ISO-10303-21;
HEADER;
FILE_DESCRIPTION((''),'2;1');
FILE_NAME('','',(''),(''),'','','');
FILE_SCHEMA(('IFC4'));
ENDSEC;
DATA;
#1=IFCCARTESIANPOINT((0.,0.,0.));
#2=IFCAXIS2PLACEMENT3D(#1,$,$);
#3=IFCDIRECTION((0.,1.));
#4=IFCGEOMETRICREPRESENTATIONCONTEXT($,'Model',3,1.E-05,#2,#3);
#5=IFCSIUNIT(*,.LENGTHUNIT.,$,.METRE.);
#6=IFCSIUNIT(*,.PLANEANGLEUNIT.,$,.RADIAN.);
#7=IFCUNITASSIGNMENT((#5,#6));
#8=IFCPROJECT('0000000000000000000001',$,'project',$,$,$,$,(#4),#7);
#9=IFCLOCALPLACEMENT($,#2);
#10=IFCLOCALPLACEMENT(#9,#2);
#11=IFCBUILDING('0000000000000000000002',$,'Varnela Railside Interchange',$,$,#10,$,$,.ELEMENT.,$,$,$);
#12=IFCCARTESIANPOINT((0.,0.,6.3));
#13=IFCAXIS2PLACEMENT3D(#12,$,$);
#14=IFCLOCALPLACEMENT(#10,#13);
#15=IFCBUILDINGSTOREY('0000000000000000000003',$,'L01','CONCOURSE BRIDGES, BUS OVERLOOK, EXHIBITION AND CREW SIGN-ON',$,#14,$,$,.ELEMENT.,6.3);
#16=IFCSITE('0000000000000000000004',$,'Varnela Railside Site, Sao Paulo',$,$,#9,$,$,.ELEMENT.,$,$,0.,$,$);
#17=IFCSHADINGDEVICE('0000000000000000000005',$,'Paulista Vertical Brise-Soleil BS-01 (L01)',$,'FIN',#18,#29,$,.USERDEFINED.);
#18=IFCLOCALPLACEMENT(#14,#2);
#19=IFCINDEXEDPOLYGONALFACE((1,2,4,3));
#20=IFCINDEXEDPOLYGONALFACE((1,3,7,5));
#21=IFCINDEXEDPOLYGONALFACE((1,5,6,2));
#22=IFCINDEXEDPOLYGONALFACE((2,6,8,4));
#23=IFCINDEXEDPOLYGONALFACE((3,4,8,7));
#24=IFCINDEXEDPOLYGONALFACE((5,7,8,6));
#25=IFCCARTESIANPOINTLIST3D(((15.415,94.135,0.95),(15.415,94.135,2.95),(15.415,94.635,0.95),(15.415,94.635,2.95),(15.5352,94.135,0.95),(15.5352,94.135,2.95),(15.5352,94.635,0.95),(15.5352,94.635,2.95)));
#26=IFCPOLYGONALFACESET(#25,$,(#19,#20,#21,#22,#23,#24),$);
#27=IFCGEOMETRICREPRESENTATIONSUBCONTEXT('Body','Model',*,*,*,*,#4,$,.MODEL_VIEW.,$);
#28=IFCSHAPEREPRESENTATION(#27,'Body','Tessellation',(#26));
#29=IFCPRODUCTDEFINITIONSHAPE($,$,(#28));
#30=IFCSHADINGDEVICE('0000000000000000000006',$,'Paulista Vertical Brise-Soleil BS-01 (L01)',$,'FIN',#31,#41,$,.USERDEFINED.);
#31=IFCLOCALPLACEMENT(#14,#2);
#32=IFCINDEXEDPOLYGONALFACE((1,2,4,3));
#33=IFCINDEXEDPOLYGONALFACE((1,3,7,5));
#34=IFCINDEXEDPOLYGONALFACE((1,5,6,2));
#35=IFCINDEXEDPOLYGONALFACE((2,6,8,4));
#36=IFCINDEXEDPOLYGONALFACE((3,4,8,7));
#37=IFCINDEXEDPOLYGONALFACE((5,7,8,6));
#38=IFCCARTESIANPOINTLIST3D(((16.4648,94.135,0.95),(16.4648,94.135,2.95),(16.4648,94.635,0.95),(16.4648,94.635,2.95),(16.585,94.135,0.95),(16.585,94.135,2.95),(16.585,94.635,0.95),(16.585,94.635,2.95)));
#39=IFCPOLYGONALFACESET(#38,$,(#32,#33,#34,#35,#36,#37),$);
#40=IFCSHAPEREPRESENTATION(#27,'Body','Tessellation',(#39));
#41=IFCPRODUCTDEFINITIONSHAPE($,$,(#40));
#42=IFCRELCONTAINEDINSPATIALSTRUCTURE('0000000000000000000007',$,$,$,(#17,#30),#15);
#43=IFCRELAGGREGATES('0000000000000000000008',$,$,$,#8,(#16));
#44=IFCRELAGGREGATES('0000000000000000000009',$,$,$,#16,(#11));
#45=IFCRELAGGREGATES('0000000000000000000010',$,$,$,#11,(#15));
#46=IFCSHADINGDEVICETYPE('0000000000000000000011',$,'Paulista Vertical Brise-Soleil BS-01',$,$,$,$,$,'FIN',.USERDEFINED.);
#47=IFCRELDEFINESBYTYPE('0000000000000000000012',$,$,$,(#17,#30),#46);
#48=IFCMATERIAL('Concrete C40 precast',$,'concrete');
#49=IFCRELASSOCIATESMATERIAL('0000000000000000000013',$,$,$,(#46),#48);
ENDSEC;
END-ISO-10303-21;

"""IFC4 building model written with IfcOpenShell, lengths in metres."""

from ifc_helpers import new_model, si_unit, direction, frame, origin, origin_2d, place, context, subcontext, project, spatial, rectangle, extrude, material, type_object, element, save


model = new_model("IFC4")

# Units and contexts
model_context = context("Model", 3, precision=1e-05, world=origin(), true_north=direction((0.0, 1.0)))
body_context = subcontext(model_context, "Body", "Model", "MODEL_VIEW")
ifc_project = project(units=[si_unit("LENGTHUNIT", "METRE"), si_unit("PLANEANGLEUNIT", "RADIAN")], contexts=[model_context])

# Site, building, storey
site_placement = place(None, origin())
site = spatial("IfcSite", under=ifc_project, at=site_placement, Name="Varnela Railside Site, Sao Paulo", CompositionType="ELEMENT", RefElevation=0.0)
building_placement = place(site_placement, origin())
building = spatial("IfcBuilding", under=site, at=building_placement, Name="Varnela Railside Interchange", CompositionType="ELEMENT")
storey_placement = place(building_placement, frame((0.0, 0.0, 6.3)))
storey = spatial("IfcBuildingStorey", under=building, at=storey_placement, Name="L01", Description="CONCOURSE BRIDGES, BUS OVERLOOK, EXHIBITION AND CREW SIGN-ON", CompositionType="ELEMENT", Elevation=6.3)

# Shared definitions
ifc_material_1 = material(Name="Concrete C40 precast", Category="concrete")

# Shading devices
shading_device_type = type_object("IfcShadingDeviceType", Name="Paulista Vertical Brise-Soleil BS-01", ElementType="FIN", PredefinedType="USERDEFINED", material=ifc_material_1)
for number, where, z_axis, x_axis, name in (
    (1, (15.4751, 94.385, 0.95), (0.0, 0.0, 1.0), (0.0, 1.0, 0.0), "Paulista Vertical Brise-Soleil BS-01 (L01)"),
    (2, (16.5249, 94.385, 0.95), (0.0, 0.0, 1.0), (0.0, 1.0, 0.0), "Paulista Vertical Brise-Soleil BS-01 (L01)"),
):
    element("IfcShadingDevice", number, at=place(storey_placement, frame(where, z_axis=z_axis, x_axis=x_axis)), inside=storey, type_object=shading_device_type, Name=name, ObjectType="FIN", PredefinedType="USERDEFINED", context=body_context, shape_type="SweptSolid", body=[
        extrude(rectangle(XDim=0.5, YDim=0.1201, at=origin_2d()), origin(), (0.0, 0.0, 1.0), 2.0),
    ])

save(model, "model.ifc")
